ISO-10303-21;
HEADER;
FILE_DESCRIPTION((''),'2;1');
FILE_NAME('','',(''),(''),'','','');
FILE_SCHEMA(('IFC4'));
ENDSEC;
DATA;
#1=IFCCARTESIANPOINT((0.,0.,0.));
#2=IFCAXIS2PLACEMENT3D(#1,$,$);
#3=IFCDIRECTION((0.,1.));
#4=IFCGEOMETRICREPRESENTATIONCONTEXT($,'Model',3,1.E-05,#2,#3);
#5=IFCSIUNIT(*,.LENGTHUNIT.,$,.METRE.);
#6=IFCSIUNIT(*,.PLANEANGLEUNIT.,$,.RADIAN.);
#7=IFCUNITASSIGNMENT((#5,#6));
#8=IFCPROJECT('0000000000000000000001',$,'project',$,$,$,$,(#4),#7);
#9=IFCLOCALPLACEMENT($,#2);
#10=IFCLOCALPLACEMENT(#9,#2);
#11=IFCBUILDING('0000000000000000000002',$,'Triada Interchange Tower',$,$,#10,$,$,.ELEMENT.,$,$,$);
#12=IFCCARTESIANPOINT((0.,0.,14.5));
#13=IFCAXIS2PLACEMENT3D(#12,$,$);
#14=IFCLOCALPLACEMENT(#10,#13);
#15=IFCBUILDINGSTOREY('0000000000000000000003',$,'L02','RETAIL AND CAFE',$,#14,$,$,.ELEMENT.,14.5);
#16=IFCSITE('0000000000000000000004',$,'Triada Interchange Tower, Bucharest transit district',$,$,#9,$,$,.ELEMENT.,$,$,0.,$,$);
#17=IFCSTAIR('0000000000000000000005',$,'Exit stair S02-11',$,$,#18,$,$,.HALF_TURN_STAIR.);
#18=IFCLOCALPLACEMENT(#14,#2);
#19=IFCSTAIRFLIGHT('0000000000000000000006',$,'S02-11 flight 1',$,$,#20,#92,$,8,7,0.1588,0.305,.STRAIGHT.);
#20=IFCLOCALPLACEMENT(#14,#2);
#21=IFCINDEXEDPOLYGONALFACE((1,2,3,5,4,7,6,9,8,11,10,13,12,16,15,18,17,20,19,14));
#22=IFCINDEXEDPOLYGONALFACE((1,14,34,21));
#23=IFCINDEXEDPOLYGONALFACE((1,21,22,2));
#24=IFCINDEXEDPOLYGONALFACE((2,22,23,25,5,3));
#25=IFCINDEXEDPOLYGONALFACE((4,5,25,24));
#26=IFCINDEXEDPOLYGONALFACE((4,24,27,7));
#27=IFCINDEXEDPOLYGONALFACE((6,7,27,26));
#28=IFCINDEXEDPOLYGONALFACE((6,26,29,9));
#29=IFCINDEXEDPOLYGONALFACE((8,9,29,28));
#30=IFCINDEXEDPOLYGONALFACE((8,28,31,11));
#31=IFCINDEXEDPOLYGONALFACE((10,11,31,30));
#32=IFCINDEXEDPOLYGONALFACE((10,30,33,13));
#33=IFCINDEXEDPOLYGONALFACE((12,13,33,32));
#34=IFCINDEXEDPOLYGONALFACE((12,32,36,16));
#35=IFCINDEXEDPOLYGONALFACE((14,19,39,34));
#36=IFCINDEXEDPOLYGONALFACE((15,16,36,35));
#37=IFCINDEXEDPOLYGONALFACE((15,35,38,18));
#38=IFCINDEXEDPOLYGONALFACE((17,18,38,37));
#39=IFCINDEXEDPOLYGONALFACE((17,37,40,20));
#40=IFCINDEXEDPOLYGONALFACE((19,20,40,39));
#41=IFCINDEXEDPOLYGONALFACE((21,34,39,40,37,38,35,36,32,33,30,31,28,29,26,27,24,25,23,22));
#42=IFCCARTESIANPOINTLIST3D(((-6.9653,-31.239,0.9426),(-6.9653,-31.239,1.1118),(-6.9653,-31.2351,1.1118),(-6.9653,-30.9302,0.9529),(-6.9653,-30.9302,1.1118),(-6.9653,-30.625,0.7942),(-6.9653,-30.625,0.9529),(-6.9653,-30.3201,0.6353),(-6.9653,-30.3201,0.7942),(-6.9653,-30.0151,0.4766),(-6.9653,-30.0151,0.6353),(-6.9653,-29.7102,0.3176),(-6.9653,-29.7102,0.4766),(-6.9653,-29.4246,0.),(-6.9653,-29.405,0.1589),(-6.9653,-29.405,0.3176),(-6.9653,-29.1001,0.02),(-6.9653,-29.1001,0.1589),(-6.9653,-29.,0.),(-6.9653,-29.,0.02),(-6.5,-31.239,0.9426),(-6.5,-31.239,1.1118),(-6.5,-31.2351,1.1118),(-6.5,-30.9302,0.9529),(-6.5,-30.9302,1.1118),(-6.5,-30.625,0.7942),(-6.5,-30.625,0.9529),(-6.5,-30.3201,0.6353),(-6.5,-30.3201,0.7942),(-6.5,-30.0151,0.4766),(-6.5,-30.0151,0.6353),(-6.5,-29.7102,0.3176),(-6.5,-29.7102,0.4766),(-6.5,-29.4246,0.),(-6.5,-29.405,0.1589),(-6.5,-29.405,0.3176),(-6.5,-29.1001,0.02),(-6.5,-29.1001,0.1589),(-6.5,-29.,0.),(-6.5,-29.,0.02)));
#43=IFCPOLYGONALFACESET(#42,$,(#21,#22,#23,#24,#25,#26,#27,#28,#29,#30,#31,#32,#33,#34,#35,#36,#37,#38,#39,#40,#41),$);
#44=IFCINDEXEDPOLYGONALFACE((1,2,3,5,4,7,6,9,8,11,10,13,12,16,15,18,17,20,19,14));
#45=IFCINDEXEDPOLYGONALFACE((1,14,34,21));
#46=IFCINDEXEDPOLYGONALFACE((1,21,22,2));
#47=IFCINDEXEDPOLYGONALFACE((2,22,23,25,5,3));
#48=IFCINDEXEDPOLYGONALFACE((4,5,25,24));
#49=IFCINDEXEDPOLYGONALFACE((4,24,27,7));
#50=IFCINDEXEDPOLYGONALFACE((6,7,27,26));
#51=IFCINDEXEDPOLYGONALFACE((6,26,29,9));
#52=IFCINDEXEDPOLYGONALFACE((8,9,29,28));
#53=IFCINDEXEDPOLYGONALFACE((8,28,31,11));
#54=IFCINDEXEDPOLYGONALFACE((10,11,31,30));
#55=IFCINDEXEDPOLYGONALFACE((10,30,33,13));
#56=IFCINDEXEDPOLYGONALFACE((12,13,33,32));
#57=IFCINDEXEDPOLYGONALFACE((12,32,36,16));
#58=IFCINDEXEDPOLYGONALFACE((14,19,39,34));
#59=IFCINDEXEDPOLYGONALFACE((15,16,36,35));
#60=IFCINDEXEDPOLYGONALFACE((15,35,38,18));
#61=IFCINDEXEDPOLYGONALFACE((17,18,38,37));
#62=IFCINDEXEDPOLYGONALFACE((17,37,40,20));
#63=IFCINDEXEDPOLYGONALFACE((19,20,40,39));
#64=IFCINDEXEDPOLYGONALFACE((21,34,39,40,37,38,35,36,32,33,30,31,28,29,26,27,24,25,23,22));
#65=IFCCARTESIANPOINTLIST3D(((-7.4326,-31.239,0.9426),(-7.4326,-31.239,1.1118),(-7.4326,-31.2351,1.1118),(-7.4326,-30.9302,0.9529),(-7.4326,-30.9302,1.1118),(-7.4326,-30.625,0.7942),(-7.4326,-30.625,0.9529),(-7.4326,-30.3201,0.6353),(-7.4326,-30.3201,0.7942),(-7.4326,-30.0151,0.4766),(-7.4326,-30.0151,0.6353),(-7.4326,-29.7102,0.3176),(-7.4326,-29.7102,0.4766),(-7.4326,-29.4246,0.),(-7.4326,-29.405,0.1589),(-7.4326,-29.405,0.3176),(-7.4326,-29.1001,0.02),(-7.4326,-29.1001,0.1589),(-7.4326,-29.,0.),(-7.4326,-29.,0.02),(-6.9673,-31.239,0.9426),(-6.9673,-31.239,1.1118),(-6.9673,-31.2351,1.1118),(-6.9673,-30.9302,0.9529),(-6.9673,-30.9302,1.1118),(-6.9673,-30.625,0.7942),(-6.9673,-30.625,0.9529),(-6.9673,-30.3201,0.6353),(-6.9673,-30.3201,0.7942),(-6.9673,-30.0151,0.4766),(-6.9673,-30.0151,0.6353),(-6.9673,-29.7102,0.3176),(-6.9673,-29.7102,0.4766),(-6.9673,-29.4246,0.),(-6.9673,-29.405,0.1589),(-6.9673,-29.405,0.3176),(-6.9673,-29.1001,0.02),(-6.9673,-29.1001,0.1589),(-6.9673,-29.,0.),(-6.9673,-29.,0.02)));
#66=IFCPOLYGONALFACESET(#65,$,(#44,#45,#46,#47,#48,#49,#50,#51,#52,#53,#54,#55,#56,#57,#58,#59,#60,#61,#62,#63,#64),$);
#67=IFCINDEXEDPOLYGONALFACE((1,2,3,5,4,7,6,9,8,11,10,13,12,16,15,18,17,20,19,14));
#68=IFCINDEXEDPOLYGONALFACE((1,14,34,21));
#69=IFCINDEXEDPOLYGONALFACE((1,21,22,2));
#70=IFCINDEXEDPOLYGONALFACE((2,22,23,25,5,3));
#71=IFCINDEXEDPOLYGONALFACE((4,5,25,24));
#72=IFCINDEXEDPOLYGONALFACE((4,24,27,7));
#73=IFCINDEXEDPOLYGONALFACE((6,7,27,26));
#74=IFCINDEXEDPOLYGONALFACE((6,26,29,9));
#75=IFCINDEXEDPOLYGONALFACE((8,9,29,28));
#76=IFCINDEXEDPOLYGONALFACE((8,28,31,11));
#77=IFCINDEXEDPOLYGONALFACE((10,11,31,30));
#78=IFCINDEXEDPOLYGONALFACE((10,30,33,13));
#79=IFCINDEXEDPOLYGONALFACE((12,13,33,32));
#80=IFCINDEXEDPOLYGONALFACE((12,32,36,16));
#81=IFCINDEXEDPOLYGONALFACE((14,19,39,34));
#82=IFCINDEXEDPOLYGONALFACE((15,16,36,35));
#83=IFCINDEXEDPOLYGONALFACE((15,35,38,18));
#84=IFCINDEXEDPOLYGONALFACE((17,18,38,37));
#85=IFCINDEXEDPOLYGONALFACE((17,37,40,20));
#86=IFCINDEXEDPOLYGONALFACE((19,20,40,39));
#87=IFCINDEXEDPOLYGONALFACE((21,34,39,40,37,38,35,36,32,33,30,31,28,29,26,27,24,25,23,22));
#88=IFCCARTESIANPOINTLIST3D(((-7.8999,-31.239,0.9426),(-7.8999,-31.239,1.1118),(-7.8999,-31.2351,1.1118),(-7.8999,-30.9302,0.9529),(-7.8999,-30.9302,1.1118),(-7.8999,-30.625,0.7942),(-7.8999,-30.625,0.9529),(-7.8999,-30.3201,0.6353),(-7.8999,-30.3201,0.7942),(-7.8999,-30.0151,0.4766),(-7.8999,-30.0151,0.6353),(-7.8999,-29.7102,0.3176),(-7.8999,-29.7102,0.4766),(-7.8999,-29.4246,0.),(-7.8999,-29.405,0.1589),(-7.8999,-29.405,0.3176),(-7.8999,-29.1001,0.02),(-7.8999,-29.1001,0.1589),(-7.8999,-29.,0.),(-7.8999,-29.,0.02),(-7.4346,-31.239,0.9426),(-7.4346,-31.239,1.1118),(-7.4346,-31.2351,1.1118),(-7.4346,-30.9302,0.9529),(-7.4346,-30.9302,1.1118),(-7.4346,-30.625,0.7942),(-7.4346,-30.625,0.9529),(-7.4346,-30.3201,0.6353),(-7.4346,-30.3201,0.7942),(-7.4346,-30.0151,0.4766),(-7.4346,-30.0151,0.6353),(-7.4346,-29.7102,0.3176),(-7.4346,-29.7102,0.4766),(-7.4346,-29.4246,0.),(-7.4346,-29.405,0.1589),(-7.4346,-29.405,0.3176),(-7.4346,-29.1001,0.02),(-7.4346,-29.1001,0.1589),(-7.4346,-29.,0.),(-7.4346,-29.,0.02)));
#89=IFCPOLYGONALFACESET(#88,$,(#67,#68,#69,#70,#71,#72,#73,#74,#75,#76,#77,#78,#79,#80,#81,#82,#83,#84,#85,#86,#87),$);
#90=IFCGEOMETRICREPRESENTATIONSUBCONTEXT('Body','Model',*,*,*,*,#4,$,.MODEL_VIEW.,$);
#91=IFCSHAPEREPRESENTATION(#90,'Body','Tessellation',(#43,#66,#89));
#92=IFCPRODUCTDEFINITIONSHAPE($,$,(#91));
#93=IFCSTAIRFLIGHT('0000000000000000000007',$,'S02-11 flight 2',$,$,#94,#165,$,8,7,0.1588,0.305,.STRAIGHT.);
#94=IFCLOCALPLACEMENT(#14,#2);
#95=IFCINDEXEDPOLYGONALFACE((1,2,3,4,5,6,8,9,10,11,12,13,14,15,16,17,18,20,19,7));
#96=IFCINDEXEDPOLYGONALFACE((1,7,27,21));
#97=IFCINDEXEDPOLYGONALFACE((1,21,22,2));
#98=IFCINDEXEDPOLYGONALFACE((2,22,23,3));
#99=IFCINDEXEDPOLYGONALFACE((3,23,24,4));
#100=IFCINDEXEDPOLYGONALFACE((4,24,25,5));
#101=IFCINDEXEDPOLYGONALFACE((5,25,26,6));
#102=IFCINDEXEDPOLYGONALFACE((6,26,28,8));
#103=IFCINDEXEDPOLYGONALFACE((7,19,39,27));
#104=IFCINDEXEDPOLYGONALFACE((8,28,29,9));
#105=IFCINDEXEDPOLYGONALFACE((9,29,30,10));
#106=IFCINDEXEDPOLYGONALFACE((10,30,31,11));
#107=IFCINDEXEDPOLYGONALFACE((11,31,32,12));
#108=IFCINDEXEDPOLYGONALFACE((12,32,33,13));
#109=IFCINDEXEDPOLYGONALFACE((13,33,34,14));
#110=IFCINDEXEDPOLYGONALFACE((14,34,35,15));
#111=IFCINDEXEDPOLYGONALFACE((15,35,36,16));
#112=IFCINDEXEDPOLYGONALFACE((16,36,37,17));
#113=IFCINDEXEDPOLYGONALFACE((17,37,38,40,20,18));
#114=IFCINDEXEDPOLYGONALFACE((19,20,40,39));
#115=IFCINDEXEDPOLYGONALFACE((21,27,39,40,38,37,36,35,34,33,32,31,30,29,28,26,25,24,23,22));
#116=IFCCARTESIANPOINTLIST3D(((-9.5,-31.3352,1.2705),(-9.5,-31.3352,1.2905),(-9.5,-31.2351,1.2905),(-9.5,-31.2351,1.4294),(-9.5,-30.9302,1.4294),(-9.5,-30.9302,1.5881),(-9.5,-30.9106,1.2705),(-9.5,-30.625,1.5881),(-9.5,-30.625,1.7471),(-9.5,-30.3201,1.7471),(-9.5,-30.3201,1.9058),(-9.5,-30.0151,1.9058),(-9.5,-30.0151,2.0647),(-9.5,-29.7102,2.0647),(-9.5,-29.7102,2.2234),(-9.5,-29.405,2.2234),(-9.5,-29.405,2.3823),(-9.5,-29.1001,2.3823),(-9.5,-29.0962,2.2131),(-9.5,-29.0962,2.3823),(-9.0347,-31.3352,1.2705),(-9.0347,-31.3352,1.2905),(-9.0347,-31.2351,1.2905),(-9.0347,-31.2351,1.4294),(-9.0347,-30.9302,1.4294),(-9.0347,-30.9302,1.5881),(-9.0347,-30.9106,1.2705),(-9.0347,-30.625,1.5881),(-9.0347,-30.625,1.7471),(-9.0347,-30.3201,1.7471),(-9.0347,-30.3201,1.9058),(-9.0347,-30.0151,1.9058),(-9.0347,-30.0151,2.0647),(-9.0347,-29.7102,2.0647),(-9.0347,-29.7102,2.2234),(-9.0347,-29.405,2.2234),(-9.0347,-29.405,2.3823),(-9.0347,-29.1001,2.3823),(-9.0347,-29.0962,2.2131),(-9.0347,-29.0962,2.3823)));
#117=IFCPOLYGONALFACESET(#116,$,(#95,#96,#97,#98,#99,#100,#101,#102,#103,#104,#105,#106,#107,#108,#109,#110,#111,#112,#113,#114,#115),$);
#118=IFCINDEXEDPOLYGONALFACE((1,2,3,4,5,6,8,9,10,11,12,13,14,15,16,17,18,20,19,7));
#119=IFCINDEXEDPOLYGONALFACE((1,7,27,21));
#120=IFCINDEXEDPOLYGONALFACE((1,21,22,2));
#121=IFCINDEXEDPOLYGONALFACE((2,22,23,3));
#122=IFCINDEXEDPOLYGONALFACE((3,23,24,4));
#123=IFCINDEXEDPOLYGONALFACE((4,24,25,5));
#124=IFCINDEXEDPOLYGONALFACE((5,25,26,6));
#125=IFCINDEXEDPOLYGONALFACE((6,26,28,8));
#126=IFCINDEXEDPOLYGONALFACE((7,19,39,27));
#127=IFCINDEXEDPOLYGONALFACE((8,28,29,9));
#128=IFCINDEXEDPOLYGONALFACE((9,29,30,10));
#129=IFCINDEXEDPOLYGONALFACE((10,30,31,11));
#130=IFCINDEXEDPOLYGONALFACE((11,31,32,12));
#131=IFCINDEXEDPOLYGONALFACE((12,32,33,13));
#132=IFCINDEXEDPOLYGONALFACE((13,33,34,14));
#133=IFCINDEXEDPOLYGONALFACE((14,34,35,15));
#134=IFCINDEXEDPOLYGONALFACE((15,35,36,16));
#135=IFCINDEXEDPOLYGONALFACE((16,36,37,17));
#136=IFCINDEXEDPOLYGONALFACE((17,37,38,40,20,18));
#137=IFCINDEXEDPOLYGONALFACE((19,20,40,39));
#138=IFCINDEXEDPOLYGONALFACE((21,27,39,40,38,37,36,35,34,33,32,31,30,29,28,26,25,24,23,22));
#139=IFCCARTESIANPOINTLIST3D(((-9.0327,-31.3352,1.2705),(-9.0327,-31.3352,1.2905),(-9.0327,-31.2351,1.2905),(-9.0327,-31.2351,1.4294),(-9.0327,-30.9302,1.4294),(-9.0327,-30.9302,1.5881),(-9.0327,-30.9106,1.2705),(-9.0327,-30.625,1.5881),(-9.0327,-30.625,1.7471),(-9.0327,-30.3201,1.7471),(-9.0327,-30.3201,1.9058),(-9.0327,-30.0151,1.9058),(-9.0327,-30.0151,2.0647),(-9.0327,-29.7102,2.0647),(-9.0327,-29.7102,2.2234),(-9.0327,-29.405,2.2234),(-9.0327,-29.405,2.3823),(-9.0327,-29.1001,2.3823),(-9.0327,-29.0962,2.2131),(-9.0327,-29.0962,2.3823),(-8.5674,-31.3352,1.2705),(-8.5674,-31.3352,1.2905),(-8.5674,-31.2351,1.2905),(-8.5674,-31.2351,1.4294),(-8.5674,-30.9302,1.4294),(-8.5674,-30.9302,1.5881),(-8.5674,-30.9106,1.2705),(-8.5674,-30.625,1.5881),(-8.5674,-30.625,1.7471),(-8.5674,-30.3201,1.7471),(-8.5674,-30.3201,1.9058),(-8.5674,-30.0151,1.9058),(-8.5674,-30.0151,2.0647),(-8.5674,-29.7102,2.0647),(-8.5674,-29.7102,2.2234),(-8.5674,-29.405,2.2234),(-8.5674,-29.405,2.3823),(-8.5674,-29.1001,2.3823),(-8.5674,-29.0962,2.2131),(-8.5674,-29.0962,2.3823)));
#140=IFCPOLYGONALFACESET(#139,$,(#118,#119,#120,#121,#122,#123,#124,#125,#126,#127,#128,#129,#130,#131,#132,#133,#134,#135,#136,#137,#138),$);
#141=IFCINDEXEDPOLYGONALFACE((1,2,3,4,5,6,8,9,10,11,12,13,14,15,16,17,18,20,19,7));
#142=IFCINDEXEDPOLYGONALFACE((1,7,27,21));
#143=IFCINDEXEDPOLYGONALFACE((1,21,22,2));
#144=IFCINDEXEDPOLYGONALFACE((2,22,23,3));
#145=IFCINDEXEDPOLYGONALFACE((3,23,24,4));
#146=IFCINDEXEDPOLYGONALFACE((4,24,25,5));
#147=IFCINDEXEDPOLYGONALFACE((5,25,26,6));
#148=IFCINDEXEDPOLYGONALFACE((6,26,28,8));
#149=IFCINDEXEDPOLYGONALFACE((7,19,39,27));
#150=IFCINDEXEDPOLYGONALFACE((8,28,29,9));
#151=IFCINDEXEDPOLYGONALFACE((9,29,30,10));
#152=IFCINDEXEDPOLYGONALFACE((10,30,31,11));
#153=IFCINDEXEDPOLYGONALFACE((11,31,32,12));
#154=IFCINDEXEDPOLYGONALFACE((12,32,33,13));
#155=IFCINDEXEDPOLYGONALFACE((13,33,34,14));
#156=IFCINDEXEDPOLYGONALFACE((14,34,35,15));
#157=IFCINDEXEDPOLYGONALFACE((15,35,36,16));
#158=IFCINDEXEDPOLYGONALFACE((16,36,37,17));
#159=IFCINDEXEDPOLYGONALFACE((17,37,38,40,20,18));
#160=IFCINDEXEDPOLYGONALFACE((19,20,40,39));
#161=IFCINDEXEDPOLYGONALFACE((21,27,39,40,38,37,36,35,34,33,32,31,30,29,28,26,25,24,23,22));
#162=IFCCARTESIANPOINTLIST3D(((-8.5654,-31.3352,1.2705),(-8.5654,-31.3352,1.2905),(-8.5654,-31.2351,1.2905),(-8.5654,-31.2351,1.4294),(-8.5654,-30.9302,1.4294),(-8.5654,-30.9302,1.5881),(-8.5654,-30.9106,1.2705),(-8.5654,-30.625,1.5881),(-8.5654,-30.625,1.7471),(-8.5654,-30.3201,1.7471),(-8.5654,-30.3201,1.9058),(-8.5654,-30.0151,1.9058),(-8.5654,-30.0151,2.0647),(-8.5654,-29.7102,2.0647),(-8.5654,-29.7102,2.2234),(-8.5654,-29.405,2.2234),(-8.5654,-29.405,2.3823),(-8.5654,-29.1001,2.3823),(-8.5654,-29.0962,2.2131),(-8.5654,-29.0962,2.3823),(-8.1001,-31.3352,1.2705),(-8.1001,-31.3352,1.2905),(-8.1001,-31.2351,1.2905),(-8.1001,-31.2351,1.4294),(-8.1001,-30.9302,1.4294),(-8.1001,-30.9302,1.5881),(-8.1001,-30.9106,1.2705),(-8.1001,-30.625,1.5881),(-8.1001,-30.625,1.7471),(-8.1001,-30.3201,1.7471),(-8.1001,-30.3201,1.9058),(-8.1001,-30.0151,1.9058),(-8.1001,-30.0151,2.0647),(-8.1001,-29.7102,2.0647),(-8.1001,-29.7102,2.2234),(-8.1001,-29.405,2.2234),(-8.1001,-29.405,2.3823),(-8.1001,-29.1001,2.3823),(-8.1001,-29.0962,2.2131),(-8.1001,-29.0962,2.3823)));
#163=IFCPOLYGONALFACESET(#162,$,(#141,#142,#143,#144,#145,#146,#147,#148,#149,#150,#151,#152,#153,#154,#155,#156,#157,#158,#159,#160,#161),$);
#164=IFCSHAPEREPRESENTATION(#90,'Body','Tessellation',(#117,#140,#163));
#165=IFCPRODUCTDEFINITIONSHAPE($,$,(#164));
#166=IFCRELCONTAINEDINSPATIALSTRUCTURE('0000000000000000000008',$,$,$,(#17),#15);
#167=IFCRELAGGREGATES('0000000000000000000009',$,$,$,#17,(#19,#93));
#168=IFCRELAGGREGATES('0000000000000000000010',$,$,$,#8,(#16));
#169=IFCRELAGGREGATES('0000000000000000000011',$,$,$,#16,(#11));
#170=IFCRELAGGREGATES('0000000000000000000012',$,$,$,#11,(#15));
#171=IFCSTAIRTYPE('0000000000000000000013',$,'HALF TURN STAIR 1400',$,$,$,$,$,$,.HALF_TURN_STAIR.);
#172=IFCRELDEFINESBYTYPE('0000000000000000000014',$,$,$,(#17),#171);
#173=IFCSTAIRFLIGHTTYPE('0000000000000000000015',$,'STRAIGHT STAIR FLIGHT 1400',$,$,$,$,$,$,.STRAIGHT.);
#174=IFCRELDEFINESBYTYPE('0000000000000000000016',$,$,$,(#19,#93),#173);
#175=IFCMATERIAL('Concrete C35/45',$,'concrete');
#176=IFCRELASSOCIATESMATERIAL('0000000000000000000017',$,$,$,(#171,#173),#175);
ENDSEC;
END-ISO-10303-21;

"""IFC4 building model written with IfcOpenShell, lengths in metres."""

from ifc_helpers import new_model, si_unit, direction, frame, origin, place, context, subcontext, project, spatial, polyline, outline, extrude, material, type_object, element, aggregate, save


model = new_model("IFC4")

# Units and contexts
model_context = context("Model", 3, precision=1e-05, world=origin(), true_north=direction((0.0, 1.0)))
body_context = subcontext(model_context, "Body", "Model", "MODEL_VIEW")
ifc_project = project(units=[si_unit("LENGTHUNIT", "METRE"), si_unit("PLANEANGLEUNIT", "RADIAN")], contexts=[model_context])

# Site, building, storey
site_placement = place(None, origin())
site = spatial("IfcSite", under=ifc_project, at=site_placement, Name="Triada Interchange Tower, Bucharest transit district", CompositionType="ELEMENT", RefElevation=0.0)
building_placement = place(site_placement, origin())
building = spatial("IfcBuilding", under=site, at=building_placement, Name="Triada Interchange Tower", CompositionType="ELEMENT")
storey_placement = place(building_placement, frame((0.0, 0.0, 14.5)))
storey = spatial("IfcBuildingStorey", under=building, at=storey_placement, Name="L02", Description="RETAIL AND CAFE", CompositionType="ELEMENT", Elevation=14.5)

# Shared definitions
ifc_material_1 = material(Name="Concrete C35/45", Category="concrete")

# Stair, stair flights
stair_type = type_object("IfcStairType", Name="HALF TURN STAIR 1400", PredefinedType="HALF_TURN_STAIR", material=ifc_material_1)
stair_placement = place(storey_placement, origin())
stair = element("IfcStair", 1, at=stair_placement, inside=storey, type_object=stair_type, Name="Exit stair S02-11", PredefinedType="HALF_TURN_STAIR")
stair_flight_type = type_object("IfcStairFlightType", Name="STRAIGHT STAIR FLIGHT 1400", PredefinedType="STRAIGHT", material=ifc_material_1)
stair_flight_1_placement = place(storey_placement, frame((-7.2, -29.1001, 0.0), z_axis=(0.0, 0.0, 1.0), x_axis=(0.0, -1.0, 0.0)))
stair_flight_1 = element("IfcStairFlight", 2, at=stair_flight_1_placement, type_object=stair_flight_type, Name="S02-11 flight 1", NumberOfRisers=8, NumberOfTreads=7, PredefinedType="STRAIGHT", RiserHeight=0.1588, TreadLength=0.305, context=body_context, shape_type="SweptSolid", body=[
    extrude(outline(polyline([(-0.1001, 0.0), (-0.1001, 0.02), (0.0, 0.02), (0.0, 0.1589), (0.3049, 0.1589), (0.3049, 0.3176), (0.6101, 0.3176), (0.6101, 0.4766), (0.915, 0.4766), (0.915, 0.6353), (1.22, 0.6353), (1.22, 0.7942), (1.5249, 0.7942), (1.5249, 0.9529), (1.8301, 0.9529), (1.8301, 1.1118), (2.135, 1.1118), (2.1389, 1.1118), (2.1389, 1.2705), (2.1389, 0.9426), (0.3245, 0.0), (-0.1001, 0.0)])), frame((0.0, 0.7, 0.0), z_axis=(0.0, -1.0, 0.0), x_axis=(1.0, 0.0, 0.0)), (0.0, 0.0, 1.0), 0.4653),
    extrude(outline(polyline([(-0.1001, 0.0), (-0.1001, 0.02), (0.0, 0.02), (0.0, 0.1589), (0.3049, 0.1589), (0.3049, 0.3176), (0.6101, 0.3176), (0.6101, 0.4766), (0.915, 0.4766), (0.915, 0.6353), (1.22, 0.6353), (1.22, 0.7942), (1.5249, 0.7942), (1.5249, 0.9529), (1.8301, 0.9529), (1.8301, 1.1118), (2.135, 1.1118), (2.1389, 1.1118), (2.1389, 1.2705), (2.1389, 0.9426), (0.3245, 0.0), (-0.1001, 0.0)])), frame((0.0, 0.2327, 0.0), z_axis=(0.0, -1.0, 0.0), x_axis=(1.0, 0.0, 0.0)), (0.0, 0.0, 1.0), 0.4653),
    extrude(outline(polyline([(-0.1001, 0.0), (-0.1001, 0.02), (0.0, 0.02), (0.0, 0.1589), (0.3049, 0.1589), (0.3049, 0.3176), (0.6101, 0.3176), (0.6101, 0.4766), (0.915, 0.4766), (0.915, 0.6353), (1.22, 0.6353), (1.22, 0.7942), (1.5249, 0.7942), (1.5249, 0.9529), (1.8301, 0.9529), (1.8301, 1.1118), (2.135, 1.1118), (2.1389, 1.1118), (2.1389, 1.2705), (2.1389, 0.9426), (0.3245, 0.0), (-0.1001, 0.0)])), frame((0.0, -0.2346, 0.0), z_axis=(0.0, -1.0, 0.0), x_axis=(1.0, 0.0, 0.0)), (0.0, 0.0, 1.0), 0.4653),
])
stair_flight_2_placement = place(storey_placement, frame((-8.8, -31.2351, 1.2705), z_axis=(0.0, 0.0, 1.0), x_axis=(0.0, 1.0, 0.0)))
stair_flight_2 = element("IfcStairFlight", 3, at=stair_flight_2_placement, type_object=stair_flight_type, Name="S02-11 flight 2", NumberOfRisers=8, NumberOfTreads=7, PredefinedType="STRAIGHT", RiserHeight=0.1588, TreadLength=0.305, context=body_context, shape_type="SweptSolid", body=[
    extrude(outline(polyline([(-0.1001, 0.0), (-0.1001, 0.02), (0.0, 0.02), (0.0, 0.1589), (0.3049, 0.1589), (0.3049, 0.3176), (0.6101, 0.3176), (0.6101, 0.4766), (0.915, 0.4766), (0.915, 0.6353), (1.22, 0.6353), (1.22, 0.7942), (1.5249, 0.7942), (1.5249, 0.9529), (1.8301, 0.9529), (1.8301, 1.1118), (2.135, 1.1118), (2.1389, 1.1118), (2.1389, 1.2705), (2.1389, 0.9426), (0.3245, 0.0), (-0.1001, 0.0)])), frame((0.0, 0.7, 0.0), z_axis=(0.0, -1.0, 0.0), x_axis=(1.0, 0.0, 0.0)), (0.0, 0.0, 1.0), 0.4653),
    extrude(outline(polyline([(-0.1001, 0.0), (-0.1001, 0.02), (0.0, 0.02), (0.0, 0.1589), (0.3049, 0.1589), (0.3049, 0.3176), (0.6101, 0.3176), (0.6101, 0.4766), (0.915, 0.4766), (0.915, 0.6353), (1.22, 0.6353), (1.22, 0.7942), (1.5249, 0.7942), (1.5249, 0.9529), (1.8301, 0.9529), (1.8301, 1.1118), (2.135, 1.1118), (2.1389, 1.1118), (2.1389, 1.2705), (2.1389, 0.9426), (0.3245, 0.0), (-0.1001, 0.0)])), frame((0.0, 0.2327, 0.0), z_axis=(0.0, -1.0, 0.0), x_axis=(1.0, 0.0, 0.0)), (0.0, 0.0, 1.0), 0.4653),
    extrude(outline(polyline([(-0.1001, 0.0), (-0.1001, 0.02), (0.0, 0.02), (0.0, 0.1589), (0.3049, 0.1589), (0.3049, 0.3176), (0.6101, 0.3176), (0.6101, 0.4766), (0.915, 0.4766), (0.915, 0.6353), (1.22, 0.6353), (1.22, 0.7942), (1.5249, 0.7942), (1.5249, 0.9529), (1.8301, 0.9529), (1.8301, 1.1118), (2.135, 1.1118), (2.1389, 1.1118), (2.1389, 1.2705), (2.1389, 0.9426), (0.3245, 0.0), (-0.1001, 0.0)])), frame((0.0, -0.2346, 0.0), z_axis=(0.0, -1.0, 0.0), x_axis=(1.0, 0.0, 0.0)), (0.0, 0.0, 1.0), 0.4653),
])

aggregate(stair, [stair_flight_1, stair_flight_2])

save(model, "model.ifc")
